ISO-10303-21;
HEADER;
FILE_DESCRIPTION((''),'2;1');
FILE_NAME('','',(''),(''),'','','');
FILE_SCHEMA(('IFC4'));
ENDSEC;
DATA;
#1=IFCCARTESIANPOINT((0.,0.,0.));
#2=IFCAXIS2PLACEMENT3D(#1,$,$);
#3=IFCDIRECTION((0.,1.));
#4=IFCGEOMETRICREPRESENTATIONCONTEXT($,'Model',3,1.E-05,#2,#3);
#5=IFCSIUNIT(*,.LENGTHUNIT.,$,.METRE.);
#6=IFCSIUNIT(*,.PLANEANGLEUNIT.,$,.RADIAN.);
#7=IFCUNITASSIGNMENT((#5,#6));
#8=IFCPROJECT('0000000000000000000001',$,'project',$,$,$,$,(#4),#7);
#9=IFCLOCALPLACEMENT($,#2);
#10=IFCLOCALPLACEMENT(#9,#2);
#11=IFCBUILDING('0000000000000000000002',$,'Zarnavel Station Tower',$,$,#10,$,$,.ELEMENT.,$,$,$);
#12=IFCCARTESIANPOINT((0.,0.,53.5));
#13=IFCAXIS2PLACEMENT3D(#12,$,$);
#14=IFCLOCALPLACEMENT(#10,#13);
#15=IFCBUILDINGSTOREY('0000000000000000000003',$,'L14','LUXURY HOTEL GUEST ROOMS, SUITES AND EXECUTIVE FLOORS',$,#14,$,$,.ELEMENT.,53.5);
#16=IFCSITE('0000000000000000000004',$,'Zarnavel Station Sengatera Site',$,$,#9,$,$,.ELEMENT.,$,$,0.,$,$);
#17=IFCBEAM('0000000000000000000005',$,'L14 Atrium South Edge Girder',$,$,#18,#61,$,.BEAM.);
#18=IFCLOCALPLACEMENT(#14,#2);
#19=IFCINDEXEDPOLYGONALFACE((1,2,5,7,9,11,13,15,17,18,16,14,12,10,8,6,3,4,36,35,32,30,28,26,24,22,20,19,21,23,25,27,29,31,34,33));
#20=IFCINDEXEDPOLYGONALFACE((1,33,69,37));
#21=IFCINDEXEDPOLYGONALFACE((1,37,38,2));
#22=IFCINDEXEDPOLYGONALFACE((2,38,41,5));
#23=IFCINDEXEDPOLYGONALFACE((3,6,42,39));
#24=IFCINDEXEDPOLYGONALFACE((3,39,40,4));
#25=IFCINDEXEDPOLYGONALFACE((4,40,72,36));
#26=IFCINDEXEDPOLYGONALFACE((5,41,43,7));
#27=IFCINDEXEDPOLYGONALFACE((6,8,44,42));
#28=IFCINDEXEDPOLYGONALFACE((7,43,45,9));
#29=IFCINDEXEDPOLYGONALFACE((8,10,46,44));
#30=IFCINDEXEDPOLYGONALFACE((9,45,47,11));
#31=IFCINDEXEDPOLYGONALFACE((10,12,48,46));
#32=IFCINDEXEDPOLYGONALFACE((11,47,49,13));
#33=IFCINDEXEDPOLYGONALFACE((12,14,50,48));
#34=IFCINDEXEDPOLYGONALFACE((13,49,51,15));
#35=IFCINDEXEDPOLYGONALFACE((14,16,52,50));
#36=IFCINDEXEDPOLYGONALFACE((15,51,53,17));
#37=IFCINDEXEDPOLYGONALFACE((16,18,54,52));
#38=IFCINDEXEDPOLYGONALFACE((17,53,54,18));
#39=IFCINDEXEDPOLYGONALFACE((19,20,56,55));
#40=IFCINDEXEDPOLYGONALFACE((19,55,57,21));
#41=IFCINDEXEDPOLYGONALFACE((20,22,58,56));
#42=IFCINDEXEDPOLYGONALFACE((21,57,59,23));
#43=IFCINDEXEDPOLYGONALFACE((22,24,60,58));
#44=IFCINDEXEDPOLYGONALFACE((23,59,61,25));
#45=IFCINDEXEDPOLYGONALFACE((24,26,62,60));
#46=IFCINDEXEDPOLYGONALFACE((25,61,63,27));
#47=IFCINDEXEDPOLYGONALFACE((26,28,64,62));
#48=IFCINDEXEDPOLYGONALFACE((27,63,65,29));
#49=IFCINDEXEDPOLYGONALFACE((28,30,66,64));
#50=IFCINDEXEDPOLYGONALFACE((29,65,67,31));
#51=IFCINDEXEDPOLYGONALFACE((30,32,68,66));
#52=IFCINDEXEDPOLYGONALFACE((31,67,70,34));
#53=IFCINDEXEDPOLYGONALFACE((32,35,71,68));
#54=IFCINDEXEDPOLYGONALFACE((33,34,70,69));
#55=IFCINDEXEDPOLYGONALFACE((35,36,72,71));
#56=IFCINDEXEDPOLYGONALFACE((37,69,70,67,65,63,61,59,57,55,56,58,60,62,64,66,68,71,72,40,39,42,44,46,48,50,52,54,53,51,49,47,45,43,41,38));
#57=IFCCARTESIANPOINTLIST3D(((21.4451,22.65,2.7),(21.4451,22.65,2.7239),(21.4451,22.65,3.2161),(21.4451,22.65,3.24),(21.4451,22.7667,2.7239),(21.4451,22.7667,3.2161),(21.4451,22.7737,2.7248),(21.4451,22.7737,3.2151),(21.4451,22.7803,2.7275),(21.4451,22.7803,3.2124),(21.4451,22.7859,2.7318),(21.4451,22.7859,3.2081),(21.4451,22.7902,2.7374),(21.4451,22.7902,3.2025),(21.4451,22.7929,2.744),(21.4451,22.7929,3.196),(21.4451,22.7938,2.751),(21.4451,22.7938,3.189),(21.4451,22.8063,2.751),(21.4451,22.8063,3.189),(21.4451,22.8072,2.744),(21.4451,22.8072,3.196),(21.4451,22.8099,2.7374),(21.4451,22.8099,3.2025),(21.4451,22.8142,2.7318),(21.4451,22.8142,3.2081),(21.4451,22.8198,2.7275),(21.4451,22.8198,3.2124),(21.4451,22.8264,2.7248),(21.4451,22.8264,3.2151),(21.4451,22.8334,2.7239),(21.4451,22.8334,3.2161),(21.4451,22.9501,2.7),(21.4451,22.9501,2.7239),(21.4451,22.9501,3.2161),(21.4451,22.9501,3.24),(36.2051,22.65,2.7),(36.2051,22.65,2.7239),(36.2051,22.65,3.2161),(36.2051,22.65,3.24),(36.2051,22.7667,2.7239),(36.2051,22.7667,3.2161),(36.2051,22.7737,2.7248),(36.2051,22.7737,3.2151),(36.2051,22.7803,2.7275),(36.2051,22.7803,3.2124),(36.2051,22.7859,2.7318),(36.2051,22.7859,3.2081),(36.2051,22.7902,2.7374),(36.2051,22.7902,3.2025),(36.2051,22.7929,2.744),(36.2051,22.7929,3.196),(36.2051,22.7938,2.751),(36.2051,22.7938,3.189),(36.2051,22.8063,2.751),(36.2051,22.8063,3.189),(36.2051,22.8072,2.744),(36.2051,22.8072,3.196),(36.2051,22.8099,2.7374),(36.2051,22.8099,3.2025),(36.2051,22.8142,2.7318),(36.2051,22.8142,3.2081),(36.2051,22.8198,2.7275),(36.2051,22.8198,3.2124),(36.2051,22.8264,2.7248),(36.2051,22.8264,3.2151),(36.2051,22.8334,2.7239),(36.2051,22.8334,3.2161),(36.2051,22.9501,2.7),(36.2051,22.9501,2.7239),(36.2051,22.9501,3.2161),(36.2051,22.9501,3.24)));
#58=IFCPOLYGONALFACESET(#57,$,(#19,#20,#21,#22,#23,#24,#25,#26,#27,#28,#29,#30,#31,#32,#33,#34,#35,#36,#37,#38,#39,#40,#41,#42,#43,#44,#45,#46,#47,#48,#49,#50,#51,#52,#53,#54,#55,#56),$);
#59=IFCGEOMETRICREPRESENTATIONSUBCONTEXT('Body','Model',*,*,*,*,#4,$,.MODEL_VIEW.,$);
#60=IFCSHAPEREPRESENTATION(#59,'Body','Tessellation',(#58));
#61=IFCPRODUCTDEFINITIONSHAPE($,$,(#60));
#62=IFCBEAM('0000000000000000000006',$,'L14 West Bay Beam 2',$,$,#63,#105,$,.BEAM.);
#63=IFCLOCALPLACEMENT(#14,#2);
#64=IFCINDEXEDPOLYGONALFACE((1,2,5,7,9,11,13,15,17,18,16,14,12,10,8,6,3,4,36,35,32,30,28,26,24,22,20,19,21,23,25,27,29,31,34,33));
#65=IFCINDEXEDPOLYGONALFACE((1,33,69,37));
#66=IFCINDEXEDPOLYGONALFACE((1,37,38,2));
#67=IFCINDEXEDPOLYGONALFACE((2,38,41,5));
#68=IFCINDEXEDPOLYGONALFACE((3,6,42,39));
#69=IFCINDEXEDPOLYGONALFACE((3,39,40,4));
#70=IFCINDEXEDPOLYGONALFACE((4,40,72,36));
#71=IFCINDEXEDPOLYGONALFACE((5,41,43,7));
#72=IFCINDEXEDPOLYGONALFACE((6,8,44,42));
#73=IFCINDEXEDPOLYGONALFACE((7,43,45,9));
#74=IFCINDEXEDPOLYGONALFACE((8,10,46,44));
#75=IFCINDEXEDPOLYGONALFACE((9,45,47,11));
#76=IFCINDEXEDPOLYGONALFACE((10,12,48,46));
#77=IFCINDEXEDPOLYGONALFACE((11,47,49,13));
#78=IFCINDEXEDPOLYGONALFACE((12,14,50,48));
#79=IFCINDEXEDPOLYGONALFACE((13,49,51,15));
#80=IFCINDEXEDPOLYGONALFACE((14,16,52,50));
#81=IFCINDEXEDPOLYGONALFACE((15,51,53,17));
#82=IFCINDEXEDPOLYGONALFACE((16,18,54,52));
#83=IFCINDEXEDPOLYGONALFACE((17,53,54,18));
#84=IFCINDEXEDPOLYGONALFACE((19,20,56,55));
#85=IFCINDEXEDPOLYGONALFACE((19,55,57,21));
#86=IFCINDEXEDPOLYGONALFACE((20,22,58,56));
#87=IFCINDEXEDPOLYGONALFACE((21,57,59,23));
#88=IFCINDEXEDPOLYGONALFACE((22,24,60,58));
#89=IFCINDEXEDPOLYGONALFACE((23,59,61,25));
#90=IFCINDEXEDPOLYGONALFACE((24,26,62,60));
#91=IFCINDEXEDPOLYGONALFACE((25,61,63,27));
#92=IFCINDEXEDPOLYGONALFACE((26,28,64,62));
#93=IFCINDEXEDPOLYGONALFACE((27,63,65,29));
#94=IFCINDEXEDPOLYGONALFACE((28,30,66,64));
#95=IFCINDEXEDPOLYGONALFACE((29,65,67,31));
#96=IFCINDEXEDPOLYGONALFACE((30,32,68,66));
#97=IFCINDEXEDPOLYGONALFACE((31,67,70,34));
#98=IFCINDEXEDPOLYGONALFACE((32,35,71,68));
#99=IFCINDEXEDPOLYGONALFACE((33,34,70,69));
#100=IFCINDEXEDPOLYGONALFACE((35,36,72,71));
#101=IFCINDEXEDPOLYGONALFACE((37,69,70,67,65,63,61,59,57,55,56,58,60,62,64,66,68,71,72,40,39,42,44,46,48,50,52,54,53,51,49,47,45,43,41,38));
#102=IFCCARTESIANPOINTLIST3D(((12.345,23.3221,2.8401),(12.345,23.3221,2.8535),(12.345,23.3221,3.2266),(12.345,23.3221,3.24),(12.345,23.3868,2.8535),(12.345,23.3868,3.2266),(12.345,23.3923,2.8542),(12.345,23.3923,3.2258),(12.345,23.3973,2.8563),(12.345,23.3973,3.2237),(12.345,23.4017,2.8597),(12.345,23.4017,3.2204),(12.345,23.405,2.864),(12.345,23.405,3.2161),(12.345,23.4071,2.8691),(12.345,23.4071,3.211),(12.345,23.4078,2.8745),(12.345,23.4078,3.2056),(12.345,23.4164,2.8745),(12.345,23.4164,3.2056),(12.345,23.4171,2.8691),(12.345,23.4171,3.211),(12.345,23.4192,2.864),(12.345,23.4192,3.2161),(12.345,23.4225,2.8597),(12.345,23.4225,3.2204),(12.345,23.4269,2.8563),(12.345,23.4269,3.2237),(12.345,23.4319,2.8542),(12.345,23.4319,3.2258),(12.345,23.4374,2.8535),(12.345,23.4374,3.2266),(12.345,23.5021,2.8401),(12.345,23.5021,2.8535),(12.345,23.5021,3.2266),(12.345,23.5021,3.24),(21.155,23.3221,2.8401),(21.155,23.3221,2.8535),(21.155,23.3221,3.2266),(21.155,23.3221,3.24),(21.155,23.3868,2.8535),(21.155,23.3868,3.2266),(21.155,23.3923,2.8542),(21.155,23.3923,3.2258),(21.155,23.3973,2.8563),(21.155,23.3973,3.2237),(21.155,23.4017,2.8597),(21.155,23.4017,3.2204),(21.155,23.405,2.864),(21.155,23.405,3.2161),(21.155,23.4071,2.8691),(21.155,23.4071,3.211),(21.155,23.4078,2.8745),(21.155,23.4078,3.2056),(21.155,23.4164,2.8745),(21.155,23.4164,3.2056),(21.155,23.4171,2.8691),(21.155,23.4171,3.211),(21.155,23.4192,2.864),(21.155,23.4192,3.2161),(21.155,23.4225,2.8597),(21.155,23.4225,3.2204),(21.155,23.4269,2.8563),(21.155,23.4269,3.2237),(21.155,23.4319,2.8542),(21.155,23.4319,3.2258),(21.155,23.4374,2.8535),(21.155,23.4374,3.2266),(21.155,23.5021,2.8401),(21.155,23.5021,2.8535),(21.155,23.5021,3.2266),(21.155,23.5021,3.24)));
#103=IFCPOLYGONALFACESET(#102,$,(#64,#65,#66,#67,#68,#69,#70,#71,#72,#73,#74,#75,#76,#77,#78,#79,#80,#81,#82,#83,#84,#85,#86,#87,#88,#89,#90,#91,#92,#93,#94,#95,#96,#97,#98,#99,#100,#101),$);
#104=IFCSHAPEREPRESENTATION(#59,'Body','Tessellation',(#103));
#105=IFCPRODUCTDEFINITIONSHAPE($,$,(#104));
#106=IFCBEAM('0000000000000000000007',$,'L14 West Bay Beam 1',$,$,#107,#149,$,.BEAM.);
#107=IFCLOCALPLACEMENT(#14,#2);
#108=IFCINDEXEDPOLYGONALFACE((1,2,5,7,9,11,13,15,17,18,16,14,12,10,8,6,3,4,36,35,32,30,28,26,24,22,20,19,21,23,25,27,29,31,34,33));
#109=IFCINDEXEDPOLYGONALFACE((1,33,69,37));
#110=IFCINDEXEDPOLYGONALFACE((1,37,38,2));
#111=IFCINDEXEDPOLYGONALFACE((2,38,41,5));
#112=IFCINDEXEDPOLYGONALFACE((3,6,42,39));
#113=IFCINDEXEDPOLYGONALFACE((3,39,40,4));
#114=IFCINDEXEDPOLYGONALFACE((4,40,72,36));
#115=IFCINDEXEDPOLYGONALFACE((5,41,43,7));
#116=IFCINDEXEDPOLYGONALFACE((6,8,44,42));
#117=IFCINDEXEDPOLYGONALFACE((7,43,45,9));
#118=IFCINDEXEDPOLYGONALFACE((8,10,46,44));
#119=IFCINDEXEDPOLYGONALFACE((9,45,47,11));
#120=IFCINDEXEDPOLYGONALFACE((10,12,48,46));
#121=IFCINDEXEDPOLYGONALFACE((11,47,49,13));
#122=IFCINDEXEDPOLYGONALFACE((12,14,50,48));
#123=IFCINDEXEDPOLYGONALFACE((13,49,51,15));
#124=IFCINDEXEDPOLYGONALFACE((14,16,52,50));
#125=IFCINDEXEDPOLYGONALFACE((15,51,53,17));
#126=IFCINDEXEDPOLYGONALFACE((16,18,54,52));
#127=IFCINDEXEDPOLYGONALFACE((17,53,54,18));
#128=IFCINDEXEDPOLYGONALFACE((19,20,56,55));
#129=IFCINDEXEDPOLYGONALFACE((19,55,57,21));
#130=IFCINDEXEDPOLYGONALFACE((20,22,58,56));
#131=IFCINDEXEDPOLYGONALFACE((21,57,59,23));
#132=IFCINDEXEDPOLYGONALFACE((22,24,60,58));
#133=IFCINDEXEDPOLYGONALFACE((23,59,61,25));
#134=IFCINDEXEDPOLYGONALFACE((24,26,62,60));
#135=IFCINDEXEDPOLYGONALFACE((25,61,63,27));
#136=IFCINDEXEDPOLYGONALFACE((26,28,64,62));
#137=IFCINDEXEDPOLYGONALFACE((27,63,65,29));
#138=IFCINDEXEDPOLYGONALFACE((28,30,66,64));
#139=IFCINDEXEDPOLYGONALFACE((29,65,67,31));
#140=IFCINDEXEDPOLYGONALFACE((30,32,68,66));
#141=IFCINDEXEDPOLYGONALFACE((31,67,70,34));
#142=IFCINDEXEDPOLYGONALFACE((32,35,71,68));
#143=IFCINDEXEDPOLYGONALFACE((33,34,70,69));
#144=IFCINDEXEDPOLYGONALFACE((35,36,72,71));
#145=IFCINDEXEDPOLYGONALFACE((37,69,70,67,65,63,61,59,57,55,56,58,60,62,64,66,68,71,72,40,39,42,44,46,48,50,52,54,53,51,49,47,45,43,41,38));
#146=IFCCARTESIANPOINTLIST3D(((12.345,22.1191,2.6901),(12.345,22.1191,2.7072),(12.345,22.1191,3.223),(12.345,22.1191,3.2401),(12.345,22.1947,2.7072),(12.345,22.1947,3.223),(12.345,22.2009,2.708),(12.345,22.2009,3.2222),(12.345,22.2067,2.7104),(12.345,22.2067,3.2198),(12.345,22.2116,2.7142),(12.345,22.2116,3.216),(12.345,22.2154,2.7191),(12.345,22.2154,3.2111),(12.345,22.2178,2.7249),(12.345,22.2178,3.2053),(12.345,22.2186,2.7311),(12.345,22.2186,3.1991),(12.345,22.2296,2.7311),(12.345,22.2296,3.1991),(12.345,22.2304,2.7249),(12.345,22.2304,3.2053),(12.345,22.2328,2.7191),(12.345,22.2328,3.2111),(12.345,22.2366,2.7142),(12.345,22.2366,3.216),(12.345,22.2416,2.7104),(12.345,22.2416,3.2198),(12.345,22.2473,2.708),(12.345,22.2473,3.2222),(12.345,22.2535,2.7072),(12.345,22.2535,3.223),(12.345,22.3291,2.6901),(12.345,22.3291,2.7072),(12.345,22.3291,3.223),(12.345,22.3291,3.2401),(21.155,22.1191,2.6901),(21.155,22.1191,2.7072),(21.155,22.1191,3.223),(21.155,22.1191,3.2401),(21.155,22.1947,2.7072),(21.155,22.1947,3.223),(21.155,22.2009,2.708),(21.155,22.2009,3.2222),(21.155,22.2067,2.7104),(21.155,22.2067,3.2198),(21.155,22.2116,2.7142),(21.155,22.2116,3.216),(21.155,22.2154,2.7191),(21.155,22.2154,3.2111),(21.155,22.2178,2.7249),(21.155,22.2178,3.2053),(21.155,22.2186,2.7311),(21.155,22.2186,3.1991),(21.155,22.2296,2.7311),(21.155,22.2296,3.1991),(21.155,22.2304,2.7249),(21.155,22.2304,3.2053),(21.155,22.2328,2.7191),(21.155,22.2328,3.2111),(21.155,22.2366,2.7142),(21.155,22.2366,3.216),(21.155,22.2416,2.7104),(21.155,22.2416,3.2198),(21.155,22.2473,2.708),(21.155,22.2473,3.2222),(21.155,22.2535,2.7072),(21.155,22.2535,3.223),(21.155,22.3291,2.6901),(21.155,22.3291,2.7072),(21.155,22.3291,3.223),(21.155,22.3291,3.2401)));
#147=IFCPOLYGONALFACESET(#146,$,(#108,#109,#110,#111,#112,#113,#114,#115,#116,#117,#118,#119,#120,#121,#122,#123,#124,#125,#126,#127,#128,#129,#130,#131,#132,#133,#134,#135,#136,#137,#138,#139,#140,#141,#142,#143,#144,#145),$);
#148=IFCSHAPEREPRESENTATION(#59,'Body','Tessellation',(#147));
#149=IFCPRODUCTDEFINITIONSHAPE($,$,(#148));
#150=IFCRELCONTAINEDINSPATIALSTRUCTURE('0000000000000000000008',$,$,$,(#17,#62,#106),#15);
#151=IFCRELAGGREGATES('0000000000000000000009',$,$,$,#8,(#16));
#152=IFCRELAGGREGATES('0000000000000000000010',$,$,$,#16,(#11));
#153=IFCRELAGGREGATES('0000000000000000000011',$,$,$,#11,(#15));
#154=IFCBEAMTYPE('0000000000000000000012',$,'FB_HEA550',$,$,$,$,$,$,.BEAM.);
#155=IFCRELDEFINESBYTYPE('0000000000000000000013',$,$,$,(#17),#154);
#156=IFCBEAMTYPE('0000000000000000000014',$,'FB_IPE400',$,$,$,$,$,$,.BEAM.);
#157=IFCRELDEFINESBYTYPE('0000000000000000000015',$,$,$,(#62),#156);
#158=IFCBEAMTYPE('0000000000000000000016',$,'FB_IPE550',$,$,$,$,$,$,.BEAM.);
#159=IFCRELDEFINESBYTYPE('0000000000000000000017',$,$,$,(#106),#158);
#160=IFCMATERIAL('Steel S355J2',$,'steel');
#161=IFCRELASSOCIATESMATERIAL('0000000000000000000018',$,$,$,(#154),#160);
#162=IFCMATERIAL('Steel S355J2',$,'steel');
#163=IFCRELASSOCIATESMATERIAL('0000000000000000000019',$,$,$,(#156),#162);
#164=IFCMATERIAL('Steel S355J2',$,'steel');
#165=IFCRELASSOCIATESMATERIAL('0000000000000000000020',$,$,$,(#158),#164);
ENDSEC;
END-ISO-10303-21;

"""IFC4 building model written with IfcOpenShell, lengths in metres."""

from ifc_helpers import new_model, si_unit, direction, frame, origin, origin_2d, place, context, subcontext, project, spatial, i_section, extrude, material, material_profile, profile_set, type_object, element, save


model = new_model("IFC4")

# Units and contexts
model_context = context("Model", 3, precision=1e-05, world=origin(), true_north=direction((0.0, 1.0)))
body_context = subcontext(model_context, "Body", "Model", "MODEL_VIEW")
ifc_project = project(units=[si_unit("LENGTHUNIT", "METRE"), si_unit("PLANEANGLEUNIT", "RADIAN")], contexts=[model_context])

# Site, building, storey
site_placement = place(None, origin())
site = spatial("IfcSite", under=ifc_project, at=site_placement, Name="Zarnavel Station Sengatera Site", CompositionType="ELEMENT", RefElevation=0.0)
building_placement = place(site_placement, origin())
building = spatial("IfcBuilding", under=site, at=building_placement, Name="Zarnavel Station Tower", CompositionType="ELEMENT")
storey_placement = place(building_placement, frame((0.0, 0.0, 53.5)))
storey = spatial("IfcBuildingStorey", under=building, at=storey_placement, Name="L14", Description="LUXURY HOTEL GUEST ROOMS, SUITES AND EXECUTIVE FLOORS", CompositionType="ELEMENT", Elevation=53.5)

# Beams
ifc_material_1 = material(Name="Steel S355J2", Category="steel")
ifc_material_profile_1 = material_profile(ifc_material_1, i_section(OverallWidth=0.3, OverallDepth=0.54, WebThickness=0.0125, FlangeThickness=0.0239, FilletRadius=0.0271, at=origin_2d()), Name="HEA550")
ifc_profile_set_1 = profile_set([ifc_material_profile_1], Name="Steel S355J2")
beam_type_1 = type_object("IfcBeamType", Name="FB_HEA550", PredefinedType="BEAM", material=ifc_profile_set_1)
beam_1_placement = place(storey_placement, frame((21.4451, 22.8, 2.97), z_axis=(1.0, 0.0, 0.0), x_axis=(0.0, 1.0, 0.0)))
element("IfcBeam", 1, at=beam_1_placement, inside=storey, type_object=beam_type_1, Name="L14 Atrium South Edge Girder", PredefinedType="BEAM", context=body_context, shape_type="SweptSolid", body=[
    extrude(i_section(OverallWidth=0.3, OverallDepth=0.54, WebThickness=0.0125, FlangeThickness=0.0239, FilletRadius=0.0271, at=origin_2d()), origin(), (0.0, 0.0, 1.0), 14.76),
])
ifc_material_2 = material(Name="Steel S355J2", Category="steel")
ifc_material_profile_2 = material_profile(ifc_material_2, i_section(OverallWidth=0.1799, OverallDepth=0.3999, WebThickness=0.0085, FlangeThickness=0.0134, FilletRadius=0.021, at=origin_2d()), Name="IPE400")
ifc_profile_set_2 = profile_set([ifc_material_profile_2], Name="Steel S355J2")
beam_type_2 = type_object("IfcBeamType", Name="FB_IPE400", PredefinedType="BEAM", material=ifc_profile_set_2)
beam_2_placement = place(storey_placement, frame((12.345, 23.4121, 3.04), z_axis=(1.0, 0.0, 0.0), x_axis=(0.0, 1.0, 0.0)))
element("IfcBeam", 2, at=beam_2_placement, inside=storey, type_object=beam_type_2, Name="L14 West Bay Beam 2", PredefinedType="BEAM", context=body_context, shape_type="SweptSolid", body=[
    extrude(i_section(OverallWidth=0.1799, OverallDepth=0.3999, WebThickness=0.0085, FlangeThickness=0.0134, FilletRadius=0.021, at=origin_2d()), origin(), (0.0, 0.0, 1.0), 8.8101),
])
ifc_material_3 = material(Name="Steel S355J2", Category="steel")
ifc_material_profile_3 = material_profile(ifc_material_3, i_section(OverallWidth=0.21, OverallDepth=0.55, WebThickness=0.011, FlangeThickness=0.0171, FilletRadius=0.0239, at=origin_2d()), Name="IPE550")
ifc_profile_set_3 = profile_set([ifc_material_profile_3], Name="Steel S355J2")
beam_type_3 = type_object("IfcBeamType", Name="FB_IPE550", PredefinedType="BEAM", material=ifc_profile_set_3)
beam_3_placement = place(storey_placement, frame((12.345, 22.2241, 2.9651), z_axis=(1.0, 0.0, 0.0), x_axis=(0.0, 1.0, 0.0)))
element("IfcBeam", 3, at=beam_3_placement, inside=storey, type_object=beam_type_3, Name="L14 West Bay Beam 1", PredefinedType="BEAM", context=body_context, shape_type="SweptSolid", body=[
    extrude(i_section(OverallWidth=0.21, OverallDepth=0.55, WebThickness=0.011, FlangeThickness=0.0171, FilletRadius=0.0239, at=origin_2d()), origin(), (0.0, 0.0, 1.0), 8.8101),
])

save(model, "model.ifc")
